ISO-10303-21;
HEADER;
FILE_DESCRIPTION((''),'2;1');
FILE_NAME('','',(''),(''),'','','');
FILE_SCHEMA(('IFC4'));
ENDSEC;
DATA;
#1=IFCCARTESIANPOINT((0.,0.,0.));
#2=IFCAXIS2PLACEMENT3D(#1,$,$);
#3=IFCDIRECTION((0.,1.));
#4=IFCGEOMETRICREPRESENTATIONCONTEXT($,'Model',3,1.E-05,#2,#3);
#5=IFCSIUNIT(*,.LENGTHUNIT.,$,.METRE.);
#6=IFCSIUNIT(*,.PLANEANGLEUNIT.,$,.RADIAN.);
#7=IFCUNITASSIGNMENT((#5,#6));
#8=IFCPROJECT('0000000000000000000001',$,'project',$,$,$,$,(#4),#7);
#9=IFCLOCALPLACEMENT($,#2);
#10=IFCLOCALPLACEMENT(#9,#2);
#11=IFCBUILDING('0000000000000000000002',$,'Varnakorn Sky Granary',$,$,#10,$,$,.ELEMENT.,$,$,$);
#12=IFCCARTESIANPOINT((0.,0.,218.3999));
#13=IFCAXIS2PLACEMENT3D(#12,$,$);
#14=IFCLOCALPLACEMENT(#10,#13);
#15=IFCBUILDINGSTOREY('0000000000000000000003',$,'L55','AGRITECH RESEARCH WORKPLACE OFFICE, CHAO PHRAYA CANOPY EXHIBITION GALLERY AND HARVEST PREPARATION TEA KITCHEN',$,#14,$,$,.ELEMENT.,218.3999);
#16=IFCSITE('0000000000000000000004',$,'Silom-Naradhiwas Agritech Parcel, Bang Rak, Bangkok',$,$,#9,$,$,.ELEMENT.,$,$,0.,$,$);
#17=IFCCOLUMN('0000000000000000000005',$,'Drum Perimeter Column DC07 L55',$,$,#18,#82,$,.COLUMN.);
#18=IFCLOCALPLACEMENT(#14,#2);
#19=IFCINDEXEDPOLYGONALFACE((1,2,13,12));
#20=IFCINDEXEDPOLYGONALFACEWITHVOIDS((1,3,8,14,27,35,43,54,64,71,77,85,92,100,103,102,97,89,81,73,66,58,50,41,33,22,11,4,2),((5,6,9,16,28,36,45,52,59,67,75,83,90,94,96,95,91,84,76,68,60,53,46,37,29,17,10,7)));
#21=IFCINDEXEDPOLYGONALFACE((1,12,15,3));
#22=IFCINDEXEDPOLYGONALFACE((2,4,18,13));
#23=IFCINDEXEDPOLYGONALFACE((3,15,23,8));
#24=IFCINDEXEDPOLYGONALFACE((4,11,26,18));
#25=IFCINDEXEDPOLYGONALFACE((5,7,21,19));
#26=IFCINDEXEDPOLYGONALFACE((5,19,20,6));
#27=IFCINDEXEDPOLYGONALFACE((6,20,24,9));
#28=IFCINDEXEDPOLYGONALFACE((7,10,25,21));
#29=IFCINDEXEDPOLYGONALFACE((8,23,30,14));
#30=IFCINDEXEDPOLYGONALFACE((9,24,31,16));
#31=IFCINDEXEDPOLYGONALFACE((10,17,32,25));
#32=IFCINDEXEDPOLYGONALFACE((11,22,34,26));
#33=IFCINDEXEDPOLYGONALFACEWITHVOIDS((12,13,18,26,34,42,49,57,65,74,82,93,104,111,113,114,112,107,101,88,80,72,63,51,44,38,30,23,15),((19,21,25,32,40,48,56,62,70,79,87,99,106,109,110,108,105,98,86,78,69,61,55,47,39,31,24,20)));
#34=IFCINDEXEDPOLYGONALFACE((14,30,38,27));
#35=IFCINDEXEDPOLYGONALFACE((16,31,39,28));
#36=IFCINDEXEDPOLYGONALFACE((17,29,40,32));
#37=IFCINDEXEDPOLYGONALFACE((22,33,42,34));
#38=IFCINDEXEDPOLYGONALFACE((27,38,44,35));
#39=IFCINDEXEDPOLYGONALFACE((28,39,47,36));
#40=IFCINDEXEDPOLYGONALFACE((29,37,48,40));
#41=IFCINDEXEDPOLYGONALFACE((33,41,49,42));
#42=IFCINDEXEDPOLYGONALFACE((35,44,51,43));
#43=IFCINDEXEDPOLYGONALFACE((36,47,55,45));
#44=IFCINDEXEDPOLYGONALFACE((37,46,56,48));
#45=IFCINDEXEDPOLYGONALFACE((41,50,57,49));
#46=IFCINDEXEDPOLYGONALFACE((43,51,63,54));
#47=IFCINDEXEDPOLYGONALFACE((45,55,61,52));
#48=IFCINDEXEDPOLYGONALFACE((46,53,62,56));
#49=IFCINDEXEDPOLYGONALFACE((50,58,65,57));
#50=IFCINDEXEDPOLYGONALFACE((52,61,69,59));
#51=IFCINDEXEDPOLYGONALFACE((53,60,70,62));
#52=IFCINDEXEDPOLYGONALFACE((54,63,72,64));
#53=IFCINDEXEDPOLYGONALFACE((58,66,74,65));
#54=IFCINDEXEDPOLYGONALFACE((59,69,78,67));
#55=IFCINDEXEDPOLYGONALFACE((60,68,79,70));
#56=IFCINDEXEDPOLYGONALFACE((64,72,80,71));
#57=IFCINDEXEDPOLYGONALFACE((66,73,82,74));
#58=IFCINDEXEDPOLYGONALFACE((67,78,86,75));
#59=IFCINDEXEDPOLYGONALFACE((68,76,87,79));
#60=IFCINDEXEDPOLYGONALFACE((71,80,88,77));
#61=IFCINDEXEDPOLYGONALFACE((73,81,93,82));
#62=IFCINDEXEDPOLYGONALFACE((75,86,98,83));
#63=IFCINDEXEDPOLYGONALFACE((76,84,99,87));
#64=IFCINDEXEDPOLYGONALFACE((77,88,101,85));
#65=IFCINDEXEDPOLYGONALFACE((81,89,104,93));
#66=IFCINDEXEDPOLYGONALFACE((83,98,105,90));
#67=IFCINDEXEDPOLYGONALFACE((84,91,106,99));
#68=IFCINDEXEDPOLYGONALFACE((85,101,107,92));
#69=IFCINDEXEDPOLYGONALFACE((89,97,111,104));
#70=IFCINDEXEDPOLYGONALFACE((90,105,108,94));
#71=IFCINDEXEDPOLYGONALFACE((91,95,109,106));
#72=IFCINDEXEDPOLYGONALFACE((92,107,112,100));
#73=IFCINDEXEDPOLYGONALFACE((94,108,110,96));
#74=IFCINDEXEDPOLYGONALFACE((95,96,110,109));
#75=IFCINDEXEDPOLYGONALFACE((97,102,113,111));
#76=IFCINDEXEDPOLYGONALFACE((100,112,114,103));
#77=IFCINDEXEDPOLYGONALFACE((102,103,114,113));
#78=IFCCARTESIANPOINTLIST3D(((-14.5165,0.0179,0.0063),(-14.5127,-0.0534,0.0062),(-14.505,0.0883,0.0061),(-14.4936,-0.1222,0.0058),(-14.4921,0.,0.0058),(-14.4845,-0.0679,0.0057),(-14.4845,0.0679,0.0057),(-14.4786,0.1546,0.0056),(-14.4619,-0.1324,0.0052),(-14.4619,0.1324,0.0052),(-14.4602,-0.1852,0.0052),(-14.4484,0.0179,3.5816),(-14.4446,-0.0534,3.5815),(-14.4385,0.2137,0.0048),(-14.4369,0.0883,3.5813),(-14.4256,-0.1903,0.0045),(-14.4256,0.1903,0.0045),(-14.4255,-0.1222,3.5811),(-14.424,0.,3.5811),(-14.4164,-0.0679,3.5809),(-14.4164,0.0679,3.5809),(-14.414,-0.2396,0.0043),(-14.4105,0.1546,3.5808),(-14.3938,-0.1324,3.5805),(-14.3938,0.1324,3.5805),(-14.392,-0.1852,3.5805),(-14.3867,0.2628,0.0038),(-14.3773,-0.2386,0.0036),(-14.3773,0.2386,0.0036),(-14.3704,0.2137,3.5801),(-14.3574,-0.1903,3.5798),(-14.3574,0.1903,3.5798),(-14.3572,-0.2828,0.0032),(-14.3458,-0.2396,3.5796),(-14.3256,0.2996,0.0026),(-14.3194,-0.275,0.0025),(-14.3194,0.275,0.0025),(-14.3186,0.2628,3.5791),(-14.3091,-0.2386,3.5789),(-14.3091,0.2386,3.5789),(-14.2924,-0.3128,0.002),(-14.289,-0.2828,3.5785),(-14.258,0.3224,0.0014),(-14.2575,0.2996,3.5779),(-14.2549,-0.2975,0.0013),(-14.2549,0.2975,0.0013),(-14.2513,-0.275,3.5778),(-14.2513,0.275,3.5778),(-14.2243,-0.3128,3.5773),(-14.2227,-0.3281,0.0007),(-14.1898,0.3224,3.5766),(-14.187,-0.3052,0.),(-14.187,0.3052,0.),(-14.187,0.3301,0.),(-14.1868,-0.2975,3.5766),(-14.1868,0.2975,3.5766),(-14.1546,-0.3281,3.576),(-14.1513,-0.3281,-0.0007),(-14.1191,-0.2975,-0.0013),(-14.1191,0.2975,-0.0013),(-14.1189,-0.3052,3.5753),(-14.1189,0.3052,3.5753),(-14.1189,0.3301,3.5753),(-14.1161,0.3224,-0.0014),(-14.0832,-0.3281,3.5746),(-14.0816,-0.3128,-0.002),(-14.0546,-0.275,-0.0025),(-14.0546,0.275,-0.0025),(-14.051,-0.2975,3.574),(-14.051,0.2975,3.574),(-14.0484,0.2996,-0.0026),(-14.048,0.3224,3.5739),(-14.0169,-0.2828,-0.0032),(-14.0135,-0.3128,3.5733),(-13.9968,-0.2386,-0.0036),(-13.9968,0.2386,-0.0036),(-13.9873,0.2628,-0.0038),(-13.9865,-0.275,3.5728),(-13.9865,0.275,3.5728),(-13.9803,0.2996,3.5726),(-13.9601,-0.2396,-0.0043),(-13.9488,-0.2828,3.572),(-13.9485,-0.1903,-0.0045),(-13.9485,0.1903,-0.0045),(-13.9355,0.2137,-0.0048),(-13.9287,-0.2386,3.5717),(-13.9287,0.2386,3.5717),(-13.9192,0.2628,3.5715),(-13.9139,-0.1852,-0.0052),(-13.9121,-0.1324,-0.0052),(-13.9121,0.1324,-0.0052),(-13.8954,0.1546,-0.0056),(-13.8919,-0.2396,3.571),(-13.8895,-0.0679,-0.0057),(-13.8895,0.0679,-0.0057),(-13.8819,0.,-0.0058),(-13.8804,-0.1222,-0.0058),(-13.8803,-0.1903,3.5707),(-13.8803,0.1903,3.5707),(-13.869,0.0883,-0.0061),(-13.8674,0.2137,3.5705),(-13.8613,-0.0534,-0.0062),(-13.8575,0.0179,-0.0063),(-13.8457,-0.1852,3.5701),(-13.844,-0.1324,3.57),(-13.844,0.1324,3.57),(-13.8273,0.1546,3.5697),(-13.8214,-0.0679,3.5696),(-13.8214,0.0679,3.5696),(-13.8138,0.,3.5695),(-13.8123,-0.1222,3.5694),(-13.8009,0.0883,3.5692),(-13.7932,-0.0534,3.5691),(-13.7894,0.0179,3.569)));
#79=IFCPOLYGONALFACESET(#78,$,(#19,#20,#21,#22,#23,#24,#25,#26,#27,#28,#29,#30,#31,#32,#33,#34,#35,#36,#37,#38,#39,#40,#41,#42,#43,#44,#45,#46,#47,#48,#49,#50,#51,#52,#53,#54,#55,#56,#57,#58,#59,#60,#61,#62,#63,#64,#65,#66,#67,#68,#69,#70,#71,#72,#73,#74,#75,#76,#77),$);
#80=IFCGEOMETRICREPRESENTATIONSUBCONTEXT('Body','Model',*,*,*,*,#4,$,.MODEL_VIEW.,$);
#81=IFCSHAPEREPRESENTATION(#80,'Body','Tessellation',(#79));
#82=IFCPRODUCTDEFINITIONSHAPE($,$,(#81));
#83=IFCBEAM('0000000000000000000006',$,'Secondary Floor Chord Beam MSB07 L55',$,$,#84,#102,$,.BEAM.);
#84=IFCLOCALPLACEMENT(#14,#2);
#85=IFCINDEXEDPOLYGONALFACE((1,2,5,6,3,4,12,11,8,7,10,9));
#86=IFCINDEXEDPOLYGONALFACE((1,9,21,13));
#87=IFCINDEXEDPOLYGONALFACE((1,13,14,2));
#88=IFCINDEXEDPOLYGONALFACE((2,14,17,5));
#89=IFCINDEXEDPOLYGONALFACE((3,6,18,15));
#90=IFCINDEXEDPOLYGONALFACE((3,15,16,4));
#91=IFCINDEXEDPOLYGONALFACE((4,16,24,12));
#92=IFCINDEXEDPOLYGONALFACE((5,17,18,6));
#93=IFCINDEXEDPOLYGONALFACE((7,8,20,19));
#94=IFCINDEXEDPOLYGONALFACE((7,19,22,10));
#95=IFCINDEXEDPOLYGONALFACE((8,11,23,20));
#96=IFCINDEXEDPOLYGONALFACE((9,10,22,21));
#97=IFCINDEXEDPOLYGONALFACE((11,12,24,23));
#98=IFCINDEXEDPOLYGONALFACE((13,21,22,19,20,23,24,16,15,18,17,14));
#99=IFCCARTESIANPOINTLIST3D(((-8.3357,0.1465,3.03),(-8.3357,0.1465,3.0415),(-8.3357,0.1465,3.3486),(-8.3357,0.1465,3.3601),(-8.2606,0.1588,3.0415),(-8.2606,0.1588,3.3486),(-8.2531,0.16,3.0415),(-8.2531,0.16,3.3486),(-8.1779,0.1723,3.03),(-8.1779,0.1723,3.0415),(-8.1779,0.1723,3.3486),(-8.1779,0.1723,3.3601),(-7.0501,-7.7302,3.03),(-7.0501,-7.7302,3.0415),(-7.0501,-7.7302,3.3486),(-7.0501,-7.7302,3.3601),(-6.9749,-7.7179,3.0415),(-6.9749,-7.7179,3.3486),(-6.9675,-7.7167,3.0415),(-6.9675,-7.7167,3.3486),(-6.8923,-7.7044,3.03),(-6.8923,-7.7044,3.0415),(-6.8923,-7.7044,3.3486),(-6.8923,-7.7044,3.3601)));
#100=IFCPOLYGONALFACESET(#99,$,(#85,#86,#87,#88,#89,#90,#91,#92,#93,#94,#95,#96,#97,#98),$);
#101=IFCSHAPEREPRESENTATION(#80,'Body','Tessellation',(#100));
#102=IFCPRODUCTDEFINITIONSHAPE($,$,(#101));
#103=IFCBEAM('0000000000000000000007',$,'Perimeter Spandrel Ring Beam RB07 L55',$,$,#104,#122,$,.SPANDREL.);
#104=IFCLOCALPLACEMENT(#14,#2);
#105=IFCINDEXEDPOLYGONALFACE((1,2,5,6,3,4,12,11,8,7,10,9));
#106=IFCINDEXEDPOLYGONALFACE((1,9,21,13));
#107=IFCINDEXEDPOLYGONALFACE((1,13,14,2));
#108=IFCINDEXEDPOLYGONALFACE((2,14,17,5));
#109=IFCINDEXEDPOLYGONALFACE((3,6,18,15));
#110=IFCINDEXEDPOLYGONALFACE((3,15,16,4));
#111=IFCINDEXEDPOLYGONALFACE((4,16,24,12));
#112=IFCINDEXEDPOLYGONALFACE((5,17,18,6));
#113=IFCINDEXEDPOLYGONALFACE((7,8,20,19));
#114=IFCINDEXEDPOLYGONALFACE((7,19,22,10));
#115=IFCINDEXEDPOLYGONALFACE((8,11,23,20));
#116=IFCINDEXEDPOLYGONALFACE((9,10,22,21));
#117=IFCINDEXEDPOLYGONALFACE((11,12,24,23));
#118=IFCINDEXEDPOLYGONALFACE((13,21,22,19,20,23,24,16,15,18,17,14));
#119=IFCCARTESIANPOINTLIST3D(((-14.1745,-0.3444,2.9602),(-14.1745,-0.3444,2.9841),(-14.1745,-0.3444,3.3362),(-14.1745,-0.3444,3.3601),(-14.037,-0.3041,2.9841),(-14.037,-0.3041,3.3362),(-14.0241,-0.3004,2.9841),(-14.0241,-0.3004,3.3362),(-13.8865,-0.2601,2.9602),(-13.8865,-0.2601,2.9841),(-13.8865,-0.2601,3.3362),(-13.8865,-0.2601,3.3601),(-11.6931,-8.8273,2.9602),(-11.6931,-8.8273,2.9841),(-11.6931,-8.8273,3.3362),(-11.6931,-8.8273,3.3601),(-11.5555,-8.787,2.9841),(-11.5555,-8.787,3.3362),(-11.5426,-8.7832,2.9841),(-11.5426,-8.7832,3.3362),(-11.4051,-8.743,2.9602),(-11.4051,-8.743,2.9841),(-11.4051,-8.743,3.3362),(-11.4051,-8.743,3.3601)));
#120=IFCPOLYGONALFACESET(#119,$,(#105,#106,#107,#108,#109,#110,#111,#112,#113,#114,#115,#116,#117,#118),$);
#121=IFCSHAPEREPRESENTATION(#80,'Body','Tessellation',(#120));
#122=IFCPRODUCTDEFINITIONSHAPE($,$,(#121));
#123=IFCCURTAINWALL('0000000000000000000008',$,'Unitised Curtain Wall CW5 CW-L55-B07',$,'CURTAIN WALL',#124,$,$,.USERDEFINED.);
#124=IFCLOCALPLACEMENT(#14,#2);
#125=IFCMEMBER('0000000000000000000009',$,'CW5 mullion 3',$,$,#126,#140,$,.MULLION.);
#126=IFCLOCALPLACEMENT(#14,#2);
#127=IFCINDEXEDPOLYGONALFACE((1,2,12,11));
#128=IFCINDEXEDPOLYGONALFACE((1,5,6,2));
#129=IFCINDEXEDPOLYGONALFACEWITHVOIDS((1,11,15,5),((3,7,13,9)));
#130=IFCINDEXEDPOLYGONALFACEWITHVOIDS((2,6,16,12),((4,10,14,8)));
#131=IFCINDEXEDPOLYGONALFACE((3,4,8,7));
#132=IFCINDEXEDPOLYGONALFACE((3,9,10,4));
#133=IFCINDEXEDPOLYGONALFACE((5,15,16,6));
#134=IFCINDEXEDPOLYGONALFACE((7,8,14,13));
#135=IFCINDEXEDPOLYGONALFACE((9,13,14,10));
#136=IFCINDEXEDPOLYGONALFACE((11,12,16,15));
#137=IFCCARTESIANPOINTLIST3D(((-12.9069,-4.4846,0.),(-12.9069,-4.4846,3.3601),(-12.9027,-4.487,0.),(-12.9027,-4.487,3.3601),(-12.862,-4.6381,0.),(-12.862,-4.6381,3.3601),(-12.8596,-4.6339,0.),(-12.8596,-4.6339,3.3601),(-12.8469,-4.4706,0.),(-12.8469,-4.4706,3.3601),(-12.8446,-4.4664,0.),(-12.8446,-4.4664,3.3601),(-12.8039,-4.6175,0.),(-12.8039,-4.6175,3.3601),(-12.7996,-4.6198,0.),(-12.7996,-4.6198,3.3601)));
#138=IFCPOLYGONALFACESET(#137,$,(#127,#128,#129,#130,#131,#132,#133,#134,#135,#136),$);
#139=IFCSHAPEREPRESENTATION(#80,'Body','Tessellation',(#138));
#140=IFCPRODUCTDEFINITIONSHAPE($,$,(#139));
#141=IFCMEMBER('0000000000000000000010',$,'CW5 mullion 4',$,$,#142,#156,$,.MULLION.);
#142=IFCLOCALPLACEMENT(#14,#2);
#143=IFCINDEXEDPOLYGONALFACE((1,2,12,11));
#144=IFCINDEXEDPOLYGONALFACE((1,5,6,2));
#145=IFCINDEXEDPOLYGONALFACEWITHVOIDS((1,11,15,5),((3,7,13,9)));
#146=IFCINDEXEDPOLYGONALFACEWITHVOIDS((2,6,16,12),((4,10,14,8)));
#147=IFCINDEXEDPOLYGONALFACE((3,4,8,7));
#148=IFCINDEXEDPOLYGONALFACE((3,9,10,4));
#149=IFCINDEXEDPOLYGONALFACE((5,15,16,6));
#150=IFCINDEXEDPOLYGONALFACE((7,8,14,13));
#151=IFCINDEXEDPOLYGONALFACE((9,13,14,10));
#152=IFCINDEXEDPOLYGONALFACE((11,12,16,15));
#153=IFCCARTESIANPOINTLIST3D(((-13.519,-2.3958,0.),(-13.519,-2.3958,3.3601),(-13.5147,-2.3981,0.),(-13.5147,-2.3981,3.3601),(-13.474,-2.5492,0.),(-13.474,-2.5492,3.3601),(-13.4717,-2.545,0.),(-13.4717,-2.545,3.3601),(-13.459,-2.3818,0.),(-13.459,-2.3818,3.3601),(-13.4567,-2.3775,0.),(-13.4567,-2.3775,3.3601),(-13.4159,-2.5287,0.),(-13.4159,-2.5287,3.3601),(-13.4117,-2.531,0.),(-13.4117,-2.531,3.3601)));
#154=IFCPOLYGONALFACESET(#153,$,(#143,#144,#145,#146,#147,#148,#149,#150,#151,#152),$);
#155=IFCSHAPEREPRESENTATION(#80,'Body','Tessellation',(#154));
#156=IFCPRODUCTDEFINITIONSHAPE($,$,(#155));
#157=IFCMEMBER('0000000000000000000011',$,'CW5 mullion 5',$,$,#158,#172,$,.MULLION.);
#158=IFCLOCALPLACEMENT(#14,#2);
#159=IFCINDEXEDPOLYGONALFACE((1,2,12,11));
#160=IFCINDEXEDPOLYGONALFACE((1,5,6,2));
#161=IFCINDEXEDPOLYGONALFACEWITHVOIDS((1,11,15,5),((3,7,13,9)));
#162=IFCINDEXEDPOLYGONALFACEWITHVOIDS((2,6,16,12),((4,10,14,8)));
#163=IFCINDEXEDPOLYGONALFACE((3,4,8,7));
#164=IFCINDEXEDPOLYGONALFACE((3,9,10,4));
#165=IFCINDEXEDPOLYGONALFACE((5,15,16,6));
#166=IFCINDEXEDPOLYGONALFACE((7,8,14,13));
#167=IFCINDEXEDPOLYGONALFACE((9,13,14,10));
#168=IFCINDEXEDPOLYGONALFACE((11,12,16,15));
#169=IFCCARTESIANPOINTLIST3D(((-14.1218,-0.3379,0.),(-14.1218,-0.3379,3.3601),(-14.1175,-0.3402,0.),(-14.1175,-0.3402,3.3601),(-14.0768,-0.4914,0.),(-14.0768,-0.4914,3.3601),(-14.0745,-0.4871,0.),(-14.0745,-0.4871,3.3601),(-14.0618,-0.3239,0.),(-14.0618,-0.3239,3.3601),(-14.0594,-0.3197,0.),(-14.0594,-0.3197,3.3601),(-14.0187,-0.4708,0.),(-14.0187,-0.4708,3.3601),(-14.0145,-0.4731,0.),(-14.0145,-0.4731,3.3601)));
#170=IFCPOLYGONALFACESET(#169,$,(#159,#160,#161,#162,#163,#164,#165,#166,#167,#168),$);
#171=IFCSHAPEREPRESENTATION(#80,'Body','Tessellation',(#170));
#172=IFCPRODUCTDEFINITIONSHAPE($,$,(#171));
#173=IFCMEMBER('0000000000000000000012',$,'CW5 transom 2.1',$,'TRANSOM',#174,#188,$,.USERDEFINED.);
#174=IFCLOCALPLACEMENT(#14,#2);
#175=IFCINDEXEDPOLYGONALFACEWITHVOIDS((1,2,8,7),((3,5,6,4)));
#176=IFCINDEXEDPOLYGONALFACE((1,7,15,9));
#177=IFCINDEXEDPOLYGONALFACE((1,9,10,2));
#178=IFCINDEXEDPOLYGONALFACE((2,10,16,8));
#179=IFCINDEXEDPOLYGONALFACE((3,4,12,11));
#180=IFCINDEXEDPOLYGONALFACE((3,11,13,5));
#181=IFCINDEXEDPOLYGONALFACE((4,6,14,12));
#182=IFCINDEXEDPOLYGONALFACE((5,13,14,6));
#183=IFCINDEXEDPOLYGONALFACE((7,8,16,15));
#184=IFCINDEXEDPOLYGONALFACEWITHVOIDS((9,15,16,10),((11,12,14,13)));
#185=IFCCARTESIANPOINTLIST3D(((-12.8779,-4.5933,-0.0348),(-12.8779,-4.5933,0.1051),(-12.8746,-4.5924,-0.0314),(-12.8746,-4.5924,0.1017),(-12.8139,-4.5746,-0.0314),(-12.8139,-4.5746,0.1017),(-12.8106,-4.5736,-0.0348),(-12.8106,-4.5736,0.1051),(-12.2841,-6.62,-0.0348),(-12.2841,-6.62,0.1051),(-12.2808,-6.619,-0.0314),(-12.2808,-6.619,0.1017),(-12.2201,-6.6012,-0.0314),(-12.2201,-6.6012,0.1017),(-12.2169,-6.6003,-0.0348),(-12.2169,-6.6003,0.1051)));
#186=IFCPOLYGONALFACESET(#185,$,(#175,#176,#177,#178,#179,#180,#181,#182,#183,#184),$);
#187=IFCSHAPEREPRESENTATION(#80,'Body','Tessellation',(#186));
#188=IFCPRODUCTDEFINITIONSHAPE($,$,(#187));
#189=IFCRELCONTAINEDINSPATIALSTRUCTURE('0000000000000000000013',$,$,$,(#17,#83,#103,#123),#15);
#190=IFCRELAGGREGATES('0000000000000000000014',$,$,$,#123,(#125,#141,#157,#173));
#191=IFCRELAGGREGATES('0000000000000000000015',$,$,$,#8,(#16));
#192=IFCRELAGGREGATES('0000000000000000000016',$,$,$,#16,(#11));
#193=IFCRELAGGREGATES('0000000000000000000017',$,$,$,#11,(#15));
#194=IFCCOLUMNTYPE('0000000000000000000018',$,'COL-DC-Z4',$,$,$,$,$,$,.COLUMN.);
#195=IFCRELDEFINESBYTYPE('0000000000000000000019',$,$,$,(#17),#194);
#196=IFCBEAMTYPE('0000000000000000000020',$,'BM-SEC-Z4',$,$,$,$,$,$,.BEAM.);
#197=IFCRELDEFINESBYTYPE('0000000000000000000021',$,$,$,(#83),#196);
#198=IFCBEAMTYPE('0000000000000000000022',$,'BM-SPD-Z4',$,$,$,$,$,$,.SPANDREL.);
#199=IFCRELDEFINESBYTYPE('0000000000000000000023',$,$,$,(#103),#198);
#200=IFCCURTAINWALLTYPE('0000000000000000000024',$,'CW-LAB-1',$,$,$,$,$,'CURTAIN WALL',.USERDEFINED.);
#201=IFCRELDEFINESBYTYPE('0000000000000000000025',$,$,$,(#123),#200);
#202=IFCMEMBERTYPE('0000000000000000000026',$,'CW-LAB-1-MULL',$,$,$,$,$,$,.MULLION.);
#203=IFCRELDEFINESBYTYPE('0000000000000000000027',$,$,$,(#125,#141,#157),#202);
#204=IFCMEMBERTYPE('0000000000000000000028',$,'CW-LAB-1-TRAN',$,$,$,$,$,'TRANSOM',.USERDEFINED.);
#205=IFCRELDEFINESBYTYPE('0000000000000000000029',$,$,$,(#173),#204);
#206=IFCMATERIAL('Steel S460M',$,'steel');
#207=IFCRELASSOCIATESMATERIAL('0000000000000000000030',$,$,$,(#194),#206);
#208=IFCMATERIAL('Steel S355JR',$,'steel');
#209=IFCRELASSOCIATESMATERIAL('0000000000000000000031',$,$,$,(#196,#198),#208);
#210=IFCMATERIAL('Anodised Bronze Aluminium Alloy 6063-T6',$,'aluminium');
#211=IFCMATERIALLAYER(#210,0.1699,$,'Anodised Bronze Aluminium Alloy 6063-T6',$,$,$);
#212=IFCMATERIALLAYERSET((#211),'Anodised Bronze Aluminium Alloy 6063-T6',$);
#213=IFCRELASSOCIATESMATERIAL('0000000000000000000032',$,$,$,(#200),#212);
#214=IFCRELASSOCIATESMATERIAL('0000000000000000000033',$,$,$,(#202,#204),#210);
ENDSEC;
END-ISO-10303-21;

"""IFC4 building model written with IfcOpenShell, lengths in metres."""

from ifc_helpers import new_model, si_unit, direction, frame, origin, origin_2d, place, context, subcontext, project, spatial, hollow_rectangle, hollow_circle, i_section, extrude, material, layer, layer_set, material_profile, profile_set, type_object, element, aggregate, save


model = new_model("IFC4")

# Units and contexts
model_context = context("Model", 3, precision=1e-05, world=origin(), true_north=direction((0.0, 1.0)))
body_context = subcontext(model_context, "Body", "Model", "MODEL_VIEW")
ifc_project = project(units=[si_unit("LENGTHUNIT", "METRE"), si_unit("PLANEANGLEUNIT", "RADIAN")], contexts=[model_context])

# Site, building, storey
site_placement = place(None, origin())
site = spatial("IfcSite", under=ifc_project, at=site_placement, Name="Silom-Naradhiwas Agritech Parcel, Bang Rak, Bangkok", CompositionType="ELEMENT", RefElevation=0.0)
building_placement = place(site_placement, origin())
building = spatial("IfcBuilding", under=site, at=building_placement, Name="Varnakorn Sky Granary", CompositionType="ELEMENT")
storey_placement = place(building_placement, frame((0.0, 0.0, 218.3999)))
storey = spatial("IfcBuildingStorey", under=building, at=storey_placement, Name="L55", Description="AGRITECH RESEARCH WORKPLACE OFFICE, CHAO PHRAYA CANOPY EXHIBITION GALLERY AND HARVEST PREPARATION TEA KITCHEN", CompositionType="ELEMENT", Elevation=218.3999)

# Column
ifc_material_1 = material(Name="Steel S460M", Category="steel")
ifc_material_profile_1 = material_profile(ifc_material_1, hollow_circle(Radius=0.3301, WallThickness=0.0249, at=origin_2d()), Name="CHS 660x25")
ifc_profile_set_1 = profile_set([ifc_material_profile_1], Name="Steel S460M")
column_type = type_object("IfcColumnType", Name="COL-DC-Z4", PredefinedType="COLUMN", material=ifc_profile_set_1)
column_placement = place(storey_placement, frame((-14.187, 0.0, 0.0), z_axis=(0.019049, 0.0, 0.999819), x_axis=(0.0, 1.0, 0.0)))
element("IfcColumn", 1, at=column_placement, inside=storey, type_object=column_type, Name="Drum Perimeter Column DC07 L55", PredefinedType="COLUMN", context=body_context, shape_type="SweptSolid", body=[
    extrude(hollow_circle(Radius=0.3301, WallThickness=0.0249, at=origin_2d()), origin(), (0.0, 0.0, 1.0), 3.5759),
])

# Beams
ifc_material_2 = material(Name="Steel S355JR", Category="steel")
ifc_material_profile_2 = material_profile(ifc_material_2, i_section(OverallWidth=0.1599, OverallDepth=0.3301, WebThickness=0.0076, FlangeThickness=0.0115, at=origin_2d()), Name="IPE 330")
ifc_profile_set_2 = profile_set([ifc_material_profile_2], Name="Steel S355JR")
beam_type_1 = type_object("IfcBeamType", Name="BM-SEC-Z4", PredefinedType="BEAM", material=ifc_profile_set_2)
beam_1_placement = place(storey_placement, frame((-8.2568, 0.1594, 3.1951), z_axis=(0.161089, -0.98694, 0.0), x_axis=(0.98694, 0.161089, 0.0)))
element("IfcBeam", 2, at=beam_1_placement, inside=storey, type_object=beam_type_1, Name="Secondary Floor Chord Beam MSB07 L55", PredefinedType="BEAM", context=body_context, shape_type="SweptSolid", body=[
    extrude(i_section(OverallWidth=0.1599, OverallDepth=0.3301, WebThickness=0.0076, FlangeThickness=0.0115, at=origin_2d()), origin(), (0.0, 0.0, 1.0), 7.981),
])
ifc_material_profile_3 = material_profile(ifc_material_2, i_section(OverallWidth=0.3, OverallDepth=0.3999, WebThickness=0.0134, FlangeThickness=0.0239, at=origin_2d()), Name="HE 400 B")
ifc_profile_set_3 = profile_set([ifc_material_profile_3], Name="Steel S355JR")
beam_type_2 = type_object("IfcBeamType", Name="BM-SPD-Z4", PredefinedType="SPANDREL", material=ifc_profile_set_3)
beam_2_placement = place(storey_placement, frame((-14.0305, -0.3022, 3.1602), z_axis=(0.280757, -0.959779, 0.0), x_axis=(0.959779, 0.280757, 0.0)))
element("IfcBeam", 3, at=beam_2_placement, inside=storey, type_object=beam_type_2, Name="Perimeter Spandrel Ring Beam RB07 L55", PredefinedType="SPANDREL", context=body_context, shape_type="SweptSolid", body=[
    extrude(i_section(OverallWidth=0.3, OverallDepth=0.3999, WebThickness=0.0134, FlangeThickness=0.0239, at=origin_2d()), origin(), (0.0, 0.0, 1.0), 8.8384),
])

# Curtain wall, members
ifc_material_3 = material(Name="Anodised Bronze Aluminium Alloy 6063-T6", Category="aluminium")
ifc_layer_1 = layer(ifc_material_3, 0.1699, Name="Anodised Bronze Aluminium Alloy 6063-T6")
ifc_layer_set_1 = layer_set([ifc_layer_1], Name="Anodised Bronze Aluminium Alloy 6063-T6")
curtain_wall_type = type_object("IfcCurtainWallType", Name="CW-LAB-1", ElementType="CURTAIN WALL", PredefinedType="USERDEFINED", material=ifc_layer_set_1)
curtain_wall_placement = place(storey_placement, origin())
curtain_wall = element("IfcCurtainWall", 4, at=curtain_wall_placement, inside=storey, type_object=curtain_wall_type, Name="Unitised Curtain Wall CW5 CW-L55-B07", ObjectType="CURTAIN WALL", PredefinedType="USERDEFINED")
ifc_material_profile_4 = material_profile(ifc_material_3, hollow_rectangle(XDim=0.0649, YDim=0.1599, WallThickness=0.0034, at=origin_2d()), Name="ALU MULL 65x160")
ifc_profile_set_4 = profile_set([ifc_material_profile_4], Name="Anodised Bronze Aluminium Alloy 6063-T6")
member_type_1 = type_object("IfcMemberType", Name="CW-LAB-1-MULL", PredefinedType="MULLION", material=ifc_profile_set_4)
member_1_placement = place(storey_placement, frame((-12.8533, -4.5522, 0.0), z_axis=(0.0, 0.0, 1.0), x_axis=(-0.959664, -0.28115, 0.0)))
member_1 = element("IfcMember", 5, at=member_1_placement, type_object=member_type_1, Name="CW5 mullion 3", PredefinedType="MULLION", context=body_context, shape_type="SweptSolid", body=[
    extrude(hollow_rectangle(XDim=0.0649, YDim=0.1599, WallThickness=0.0034, at=origin_2d()), origin(), (0.0, 0.0, 1.0), 3.3601),
])
member_2_placement = place(storey_placement, frame((-13.4653, -2.4634, 0.0), z_axis=(0.0, 0.0, 1.0), x_axis=(-0.959664, -0.28115, 0.0)))
member_2 = element("IfcMember", 6, at=member_2_placement, type_object=member_type_1, Name="CW5 mullion 4", PredefinedType="MULLION", context=body_context, shape_type="SweptSolid", body=[
    extrude(hollow_rectangle(XDim=0.0649, YDim=0.1599, WallThickness=0.0034, at=origin_2d()), origin(), (0.0, 0.0, 1.0), 3.3601),
])
member_3_placement = place(storey_placement, frame((-14.0681, -0.4055, 0.0), z_axis=(0.0, 0.0, 1.0), x_axis=(-0.959664, -0.28115, 0.0)))
member_3 = element("IfcMember", 7, at=member_3_placement, type_object=member_type_1, Name="CW5 mullion 5", PredefinedType="MULLION", context=body_context, shape_type="SweptSolid", body=[
    extrude(hollow_rectangle(XDim=0.0649, YDim=0.1599, WallThickness=0.0034, at=origin_2d()), origin(), (0.0, 0.0, 1.0), 3.3601),
])
ifc_material_profile_5 = material_profile(ifc_material_3, hollow_rectangle(XDim=0.0701, YDim=0.1399, WallThickness=0.0034, at=origin_2d()), Name="ALU TRAN 70x140")
ifc_profile_set_5 = profile_set([ifc_material_profile_5], Name="Anodised Bronze Aluminium Alloy 6063-T6")
member_type_2 = type_object("IfcMemberType", Name="CW-LAB-1-TRAN", ElementType="TRANSOM", PredefinedType="USERDEFINED", material=ifc_profile_set_5)
member_4_placement = place(storey_placement, frame((-12.2505, -6.6101, 0.0352), z_axis=(-0.281158, 0.959661, 0.0), x_axis=(-0.959661, -0.281158, 0.0)))
member_4 = element("IfcMember", 8, at=member_4_placement, type_object=member_type_2, Name="CW5 transom 2.1", ObjectType="TRANSOM", PredefinedType="USERDEFINED", context=body_context, shape_type="SweptSolid", body=[
    extrude(hollow_rectangle(XDim=0.0701, YDim=0.1399, WallThickness=0.0034, at=origin_2d()), origin(), (0.0, 0.0, 1.0), 2.1118),
])

aggregate(curtain_wall, [member_1, member_2, member_3, member_4])

save(model, "model.ifc")
